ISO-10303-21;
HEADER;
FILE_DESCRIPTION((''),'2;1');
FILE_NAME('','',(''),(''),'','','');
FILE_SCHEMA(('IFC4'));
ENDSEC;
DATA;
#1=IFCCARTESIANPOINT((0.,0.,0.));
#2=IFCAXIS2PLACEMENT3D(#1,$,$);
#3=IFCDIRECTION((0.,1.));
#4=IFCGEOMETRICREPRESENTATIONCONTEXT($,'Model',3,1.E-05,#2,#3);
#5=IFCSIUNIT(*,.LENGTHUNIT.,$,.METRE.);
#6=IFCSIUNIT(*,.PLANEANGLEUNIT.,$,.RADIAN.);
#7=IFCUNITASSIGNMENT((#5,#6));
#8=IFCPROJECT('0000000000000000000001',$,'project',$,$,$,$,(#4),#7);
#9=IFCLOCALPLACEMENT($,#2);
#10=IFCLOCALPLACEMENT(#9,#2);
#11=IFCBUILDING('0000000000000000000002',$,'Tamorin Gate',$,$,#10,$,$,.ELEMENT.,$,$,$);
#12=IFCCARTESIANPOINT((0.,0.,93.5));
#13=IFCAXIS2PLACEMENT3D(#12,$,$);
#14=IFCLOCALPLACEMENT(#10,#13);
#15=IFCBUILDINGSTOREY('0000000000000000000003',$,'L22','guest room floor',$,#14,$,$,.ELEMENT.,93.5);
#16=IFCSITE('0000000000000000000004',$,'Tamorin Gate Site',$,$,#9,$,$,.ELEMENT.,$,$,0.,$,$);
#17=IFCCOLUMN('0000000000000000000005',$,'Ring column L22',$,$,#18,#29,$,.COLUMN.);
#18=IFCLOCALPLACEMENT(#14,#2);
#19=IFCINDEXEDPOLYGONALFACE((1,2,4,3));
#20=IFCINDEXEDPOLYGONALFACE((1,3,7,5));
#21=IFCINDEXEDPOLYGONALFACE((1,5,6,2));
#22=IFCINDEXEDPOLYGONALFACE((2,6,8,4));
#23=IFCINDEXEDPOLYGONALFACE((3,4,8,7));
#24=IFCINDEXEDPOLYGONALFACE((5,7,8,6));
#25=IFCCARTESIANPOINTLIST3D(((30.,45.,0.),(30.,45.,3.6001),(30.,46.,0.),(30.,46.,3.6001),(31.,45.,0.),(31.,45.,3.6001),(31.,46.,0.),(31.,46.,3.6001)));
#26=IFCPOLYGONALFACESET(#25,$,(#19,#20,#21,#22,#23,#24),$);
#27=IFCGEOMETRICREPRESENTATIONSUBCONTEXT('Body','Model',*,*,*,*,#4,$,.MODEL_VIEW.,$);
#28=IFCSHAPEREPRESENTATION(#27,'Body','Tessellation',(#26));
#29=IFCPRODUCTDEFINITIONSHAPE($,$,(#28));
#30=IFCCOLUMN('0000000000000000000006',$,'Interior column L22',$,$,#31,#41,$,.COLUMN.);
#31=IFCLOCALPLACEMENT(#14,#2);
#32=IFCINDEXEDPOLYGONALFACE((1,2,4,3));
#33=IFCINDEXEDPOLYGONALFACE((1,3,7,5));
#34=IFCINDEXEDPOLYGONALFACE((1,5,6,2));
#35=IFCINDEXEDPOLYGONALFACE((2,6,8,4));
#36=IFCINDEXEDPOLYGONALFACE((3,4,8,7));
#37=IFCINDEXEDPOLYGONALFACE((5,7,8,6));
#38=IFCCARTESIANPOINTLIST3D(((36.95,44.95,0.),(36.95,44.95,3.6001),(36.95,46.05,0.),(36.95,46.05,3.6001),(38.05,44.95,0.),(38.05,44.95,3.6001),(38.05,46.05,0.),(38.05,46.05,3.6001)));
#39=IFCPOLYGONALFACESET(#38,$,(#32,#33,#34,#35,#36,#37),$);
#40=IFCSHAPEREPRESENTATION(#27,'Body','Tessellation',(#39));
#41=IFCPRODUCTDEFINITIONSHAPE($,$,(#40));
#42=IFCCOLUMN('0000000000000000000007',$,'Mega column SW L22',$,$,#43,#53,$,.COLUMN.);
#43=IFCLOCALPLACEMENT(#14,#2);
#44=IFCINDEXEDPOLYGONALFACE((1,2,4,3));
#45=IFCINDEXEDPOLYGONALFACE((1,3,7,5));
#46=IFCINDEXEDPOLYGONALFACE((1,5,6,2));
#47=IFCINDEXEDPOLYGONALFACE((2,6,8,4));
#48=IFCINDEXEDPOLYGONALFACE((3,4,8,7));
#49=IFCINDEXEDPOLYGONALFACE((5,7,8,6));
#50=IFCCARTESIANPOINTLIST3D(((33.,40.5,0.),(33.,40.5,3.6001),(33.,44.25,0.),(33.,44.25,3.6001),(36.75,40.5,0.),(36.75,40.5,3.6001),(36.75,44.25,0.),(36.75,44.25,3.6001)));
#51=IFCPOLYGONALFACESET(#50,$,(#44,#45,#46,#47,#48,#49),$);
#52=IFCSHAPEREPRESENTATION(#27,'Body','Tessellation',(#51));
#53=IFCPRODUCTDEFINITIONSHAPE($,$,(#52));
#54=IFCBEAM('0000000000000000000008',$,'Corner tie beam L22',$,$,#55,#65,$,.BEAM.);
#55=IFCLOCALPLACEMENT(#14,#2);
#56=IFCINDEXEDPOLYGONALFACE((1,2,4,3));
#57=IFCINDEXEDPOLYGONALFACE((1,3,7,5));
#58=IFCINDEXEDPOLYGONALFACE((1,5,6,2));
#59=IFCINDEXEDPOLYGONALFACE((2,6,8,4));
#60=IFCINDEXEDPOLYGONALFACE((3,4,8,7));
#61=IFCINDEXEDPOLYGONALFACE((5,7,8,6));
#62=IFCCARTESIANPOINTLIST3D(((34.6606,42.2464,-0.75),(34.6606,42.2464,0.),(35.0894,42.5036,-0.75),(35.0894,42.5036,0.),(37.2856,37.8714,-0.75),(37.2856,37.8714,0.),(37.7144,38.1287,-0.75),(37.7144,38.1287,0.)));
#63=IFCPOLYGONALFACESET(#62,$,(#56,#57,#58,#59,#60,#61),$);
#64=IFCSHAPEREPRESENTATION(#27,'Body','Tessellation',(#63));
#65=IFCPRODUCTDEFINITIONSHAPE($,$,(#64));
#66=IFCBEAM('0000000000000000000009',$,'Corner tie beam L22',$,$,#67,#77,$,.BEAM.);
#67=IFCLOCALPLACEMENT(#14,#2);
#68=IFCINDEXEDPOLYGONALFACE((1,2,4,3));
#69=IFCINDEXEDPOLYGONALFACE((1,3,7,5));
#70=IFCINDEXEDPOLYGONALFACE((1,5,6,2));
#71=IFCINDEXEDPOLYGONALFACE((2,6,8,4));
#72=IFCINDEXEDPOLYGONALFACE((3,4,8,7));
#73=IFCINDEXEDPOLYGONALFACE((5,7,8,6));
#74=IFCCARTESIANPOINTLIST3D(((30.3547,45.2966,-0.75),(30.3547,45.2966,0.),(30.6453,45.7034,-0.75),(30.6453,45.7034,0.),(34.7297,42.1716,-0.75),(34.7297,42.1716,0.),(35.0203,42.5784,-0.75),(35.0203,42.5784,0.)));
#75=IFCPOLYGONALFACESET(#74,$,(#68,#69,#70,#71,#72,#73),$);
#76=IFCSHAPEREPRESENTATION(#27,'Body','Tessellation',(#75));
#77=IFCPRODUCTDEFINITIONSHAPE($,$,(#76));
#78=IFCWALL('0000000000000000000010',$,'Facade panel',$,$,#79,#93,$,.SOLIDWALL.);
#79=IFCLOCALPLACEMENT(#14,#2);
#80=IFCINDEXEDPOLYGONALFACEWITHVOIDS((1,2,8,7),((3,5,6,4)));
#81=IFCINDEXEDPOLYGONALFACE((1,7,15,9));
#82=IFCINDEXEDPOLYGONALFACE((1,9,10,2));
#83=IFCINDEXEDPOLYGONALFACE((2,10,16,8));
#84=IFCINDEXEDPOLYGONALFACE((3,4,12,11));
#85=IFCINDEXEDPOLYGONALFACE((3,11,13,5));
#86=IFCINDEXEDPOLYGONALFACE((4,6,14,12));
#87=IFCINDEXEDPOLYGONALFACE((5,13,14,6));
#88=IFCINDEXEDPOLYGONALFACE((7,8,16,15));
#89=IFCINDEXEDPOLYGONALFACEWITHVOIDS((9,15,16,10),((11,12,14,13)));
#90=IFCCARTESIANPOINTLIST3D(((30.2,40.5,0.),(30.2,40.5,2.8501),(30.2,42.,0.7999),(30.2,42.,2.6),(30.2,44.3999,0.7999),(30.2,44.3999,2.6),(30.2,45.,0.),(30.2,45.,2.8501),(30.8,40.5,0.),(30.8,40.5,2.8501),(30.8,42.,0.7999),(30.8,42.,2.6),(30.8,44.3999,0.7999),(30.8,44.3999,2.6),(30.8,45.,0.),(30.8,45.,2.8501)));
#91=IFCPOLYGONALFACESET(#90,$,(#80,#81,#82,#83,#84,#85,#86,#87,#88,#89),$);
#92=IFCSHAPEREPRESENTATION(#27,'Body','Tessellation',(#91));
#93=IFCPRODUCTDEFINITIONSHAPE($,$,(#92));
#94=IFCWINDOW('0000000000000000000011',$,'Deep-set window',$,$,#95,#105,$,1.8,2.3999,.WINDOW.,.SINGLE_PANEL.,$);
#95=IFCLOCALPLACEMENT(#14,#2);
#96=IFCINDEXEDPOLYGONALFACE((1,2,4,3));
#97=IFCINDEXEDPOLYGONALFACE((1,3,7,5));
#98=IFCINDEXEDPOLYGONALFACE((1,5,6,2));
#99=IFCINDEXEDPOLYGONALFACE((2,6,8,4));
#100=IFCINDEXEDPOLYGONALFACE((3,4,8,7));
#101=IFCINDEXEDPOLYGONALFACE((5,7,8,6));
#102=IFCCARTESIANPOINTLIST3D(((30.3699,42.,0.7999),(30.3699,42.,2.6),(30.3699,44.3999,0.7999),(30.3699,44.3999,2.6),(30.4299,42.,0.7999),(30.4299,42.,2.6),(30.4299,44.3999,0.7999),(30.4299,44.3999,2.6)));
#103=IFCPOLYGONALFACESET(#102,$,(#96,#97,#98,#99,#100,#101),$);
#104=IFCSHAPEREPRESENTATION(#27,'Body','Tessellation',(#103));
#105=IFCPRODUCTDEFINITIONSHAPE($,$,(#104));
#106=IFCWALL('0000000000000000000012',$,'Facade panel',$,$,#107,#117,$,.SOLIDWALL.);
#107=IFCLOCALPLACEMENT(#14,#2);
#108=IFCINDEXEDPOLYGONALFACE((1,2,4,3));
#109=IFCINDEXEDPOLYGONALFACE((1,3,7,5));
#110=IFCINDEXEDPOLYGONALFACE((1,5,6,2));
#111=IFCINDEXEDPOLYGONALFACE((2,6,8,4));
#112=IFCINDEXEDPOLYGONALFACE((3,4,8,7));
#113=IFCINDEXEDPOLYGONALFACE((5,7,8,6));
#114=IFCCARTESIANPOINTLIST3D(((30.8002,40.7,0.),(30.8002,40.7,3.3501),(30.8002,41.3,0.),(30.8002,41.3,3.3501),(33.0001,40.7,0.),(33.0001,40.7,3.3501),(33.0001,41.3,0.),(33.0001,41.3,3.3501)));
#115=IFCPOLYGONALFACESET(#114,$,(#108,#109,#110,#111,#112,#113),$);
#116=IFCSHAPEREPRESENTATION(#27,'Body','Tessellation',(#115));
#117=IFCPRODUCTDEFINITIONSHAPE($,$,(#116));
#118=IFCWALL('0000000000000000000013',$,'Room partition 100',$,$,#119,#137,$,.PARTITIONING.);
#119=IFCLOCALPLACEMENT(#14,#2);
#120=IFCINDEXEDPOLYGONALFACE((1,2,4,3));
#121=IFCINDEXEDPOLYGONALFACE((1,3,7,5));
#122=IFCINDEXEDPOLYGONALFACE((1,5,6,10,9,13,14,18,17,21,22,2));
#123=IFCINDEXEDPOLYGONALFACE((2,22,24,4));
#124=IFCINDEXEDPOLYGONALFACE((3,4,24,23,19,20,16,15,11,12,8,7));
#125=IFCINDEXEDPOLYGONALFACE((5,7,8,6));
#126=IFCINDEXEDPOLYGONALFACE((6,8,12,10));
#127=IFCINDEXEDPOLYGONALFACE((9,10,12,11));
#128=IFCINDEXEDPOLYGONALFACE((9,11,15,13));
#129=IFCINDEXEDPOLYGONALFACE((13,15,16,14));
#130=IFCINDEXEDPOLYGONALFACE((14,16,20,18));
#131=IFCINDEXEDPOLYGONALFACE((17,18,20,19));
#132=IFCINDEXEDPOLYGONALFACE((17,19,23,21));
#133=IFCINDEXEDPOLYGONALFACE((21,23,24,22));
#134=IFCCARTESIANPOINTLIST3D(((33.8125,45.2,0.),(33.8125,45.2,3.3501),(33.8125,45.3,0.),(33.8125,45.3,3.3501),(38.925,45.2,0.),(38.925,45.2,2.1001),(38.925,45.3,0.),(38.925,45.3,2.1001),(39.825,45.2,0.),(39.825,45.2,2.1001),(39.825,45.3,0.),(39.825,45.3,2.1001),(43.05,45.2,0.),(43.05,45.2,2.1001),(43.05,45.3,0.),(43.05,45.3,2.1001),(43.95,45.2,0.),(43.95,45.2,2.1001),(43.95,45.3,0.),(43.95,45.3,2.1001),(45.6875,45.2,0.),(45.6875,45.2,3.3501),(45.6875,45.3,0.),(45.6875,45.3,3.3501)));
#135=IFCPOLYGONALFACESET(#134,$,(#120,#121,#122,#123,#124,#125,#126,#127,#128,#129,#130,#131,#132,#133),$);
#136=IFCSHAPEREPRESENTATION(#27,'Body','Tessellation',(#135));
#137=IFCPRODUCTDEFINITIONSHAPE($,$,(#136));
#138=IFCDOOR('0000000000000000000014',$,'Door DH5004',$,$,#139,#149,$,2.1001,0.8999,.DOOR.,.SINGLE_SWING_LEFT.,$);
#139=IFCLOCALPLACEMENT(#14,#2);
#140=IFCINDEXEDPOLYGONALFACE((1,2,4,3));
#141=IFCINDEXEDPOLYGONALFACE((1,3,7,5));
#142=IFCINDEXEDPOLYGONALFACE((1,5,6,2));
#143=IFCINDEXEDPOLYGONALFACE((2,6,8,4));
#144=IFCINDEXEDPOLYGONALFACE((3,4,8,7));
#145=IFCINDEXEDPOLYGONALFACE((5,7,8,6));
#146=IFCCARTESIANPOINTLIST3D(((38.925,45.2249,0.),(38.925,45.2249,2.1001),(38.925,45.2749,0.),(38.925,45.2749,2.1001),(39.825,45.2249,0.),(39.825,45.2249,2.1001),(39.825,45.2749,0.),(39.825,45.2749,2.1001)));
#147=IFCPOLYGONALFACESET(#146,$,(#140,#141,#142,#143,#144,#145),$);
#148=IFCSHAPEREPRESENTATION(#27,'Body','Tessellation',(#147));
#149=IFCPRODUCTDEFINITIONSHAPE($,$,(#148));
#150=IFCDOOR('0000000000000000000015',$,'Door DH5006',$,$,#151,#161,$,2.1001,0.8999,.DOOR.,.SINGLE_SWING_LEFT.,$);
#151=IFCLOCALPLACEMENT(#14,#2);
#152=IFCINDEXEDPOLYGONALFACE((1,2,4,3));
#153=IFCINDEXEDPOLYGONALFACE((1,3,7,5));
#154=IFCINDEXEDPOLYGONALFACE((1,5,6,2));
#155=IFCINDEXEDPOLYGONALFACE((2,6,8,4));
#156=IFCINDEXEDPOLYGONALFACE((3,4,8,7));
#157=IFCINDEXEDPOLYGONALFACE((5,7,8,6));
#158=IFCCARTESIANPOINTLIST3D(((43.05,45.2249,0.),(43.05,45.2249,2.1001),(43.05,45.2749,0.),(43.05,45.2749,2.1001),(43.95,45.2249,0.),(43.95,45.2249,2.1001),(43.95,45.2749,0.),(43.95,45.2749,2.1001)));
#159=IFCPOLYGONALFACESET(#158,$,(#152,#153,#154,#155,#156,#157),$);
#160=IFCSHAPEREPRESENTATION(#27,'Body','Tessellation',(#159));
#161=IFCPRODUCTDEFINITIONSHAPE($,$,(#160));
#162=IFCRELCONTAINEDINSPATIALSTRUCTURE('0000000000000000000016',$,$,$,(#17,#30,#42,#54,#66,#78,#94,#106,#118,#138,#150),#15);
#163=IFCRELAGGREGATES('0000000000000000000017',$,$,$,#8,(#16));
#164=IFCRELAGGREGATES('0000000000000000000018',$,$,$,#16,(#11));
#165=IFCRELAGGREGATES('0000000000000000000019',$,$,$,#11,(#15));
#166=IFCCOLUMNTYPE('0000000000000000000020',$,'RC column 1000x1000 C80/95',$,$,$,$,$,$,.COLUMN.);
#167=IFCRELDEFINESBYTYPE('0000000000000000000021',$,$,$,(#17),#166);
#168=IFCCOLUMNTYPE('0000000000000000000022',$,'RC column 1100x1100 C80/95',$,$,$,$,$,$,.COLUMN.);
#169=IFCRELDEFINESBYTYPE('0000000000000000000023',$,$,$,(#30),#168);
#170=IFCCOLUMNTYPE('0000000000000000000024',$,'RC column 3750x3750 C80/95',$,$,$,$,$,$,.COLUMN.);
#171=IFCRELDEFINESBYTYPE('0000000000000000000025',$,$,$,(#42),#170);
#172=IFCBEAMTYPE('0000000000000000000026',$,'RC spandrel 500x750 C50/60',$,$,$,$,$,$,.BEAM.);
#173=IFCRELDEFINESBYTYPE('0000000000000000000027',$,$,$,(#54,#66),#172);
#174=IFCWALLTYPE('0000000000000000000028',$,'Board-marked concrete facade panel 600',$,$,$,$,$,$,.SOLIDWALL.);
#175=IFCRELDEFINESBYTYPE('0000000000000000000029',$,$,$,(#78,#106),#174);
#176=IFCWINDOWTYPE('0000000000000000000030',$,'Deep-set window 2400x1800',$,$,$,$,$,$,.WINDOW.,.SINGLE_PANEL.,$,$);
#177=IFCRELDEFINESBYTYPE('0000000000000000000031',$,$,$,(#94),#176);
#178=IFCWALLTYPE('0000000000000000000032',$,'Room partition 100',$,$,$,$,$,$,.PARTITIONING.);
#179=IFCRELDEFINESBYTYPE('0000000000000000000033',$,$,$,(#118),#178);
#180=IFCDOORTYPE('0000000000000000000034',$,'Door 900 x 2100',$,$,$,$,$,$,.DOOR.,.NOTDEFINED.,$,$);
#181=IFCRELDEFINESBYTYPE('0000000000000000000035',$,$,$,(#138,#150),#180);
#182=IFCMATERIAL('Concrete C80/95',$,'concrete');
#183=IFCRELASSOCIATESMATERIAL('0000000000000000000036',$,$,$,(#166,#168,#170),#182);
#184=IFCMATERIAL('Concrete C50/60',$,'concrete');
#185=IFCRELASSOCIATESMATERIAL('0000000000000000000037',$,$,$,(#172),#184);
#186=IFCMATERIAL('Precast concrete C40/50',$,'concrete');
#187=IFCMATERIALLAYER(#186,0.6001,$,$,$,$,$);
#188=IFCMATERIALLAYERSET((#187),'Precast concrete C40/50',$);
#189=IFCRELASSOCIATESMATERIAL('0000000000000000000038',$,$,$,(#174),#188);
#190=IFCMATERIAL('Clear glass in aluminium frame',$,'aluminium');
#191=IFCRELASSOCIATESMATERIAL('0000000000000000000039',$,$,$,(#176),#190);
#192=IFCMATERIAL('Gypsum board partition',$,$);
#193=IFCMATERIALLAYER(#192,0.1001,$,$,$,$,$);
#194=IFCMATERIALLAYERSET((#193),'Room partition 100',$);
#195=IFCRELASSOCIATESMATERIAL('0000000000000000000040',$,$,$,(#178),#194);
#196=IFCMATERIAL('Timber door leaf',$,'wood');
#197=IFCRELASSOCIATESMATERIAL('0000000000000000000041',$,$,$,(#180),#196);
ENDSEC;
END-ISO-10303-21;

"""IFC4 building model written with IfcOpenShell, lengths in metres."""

from ifc_helpers import new_model, si_unit, direction, frame, frame_2d, origin, origin_2d, place, context, subcontext, project, spatial, rectangle, extrude, material, layer, layer_set, material_profile, profile_set, type_object, element, fill, save


model = new_model("IFC4")

# Units and contexts
model_context = context("Model", 3, precision=1e-05, world=origin(), true_north=direction((0.0, 1.0)))
body_context = subcontext(model_context, "Body", "Model", "MODEL_VIEW")
ifc_project = project(units=[si_unit("LENGTHUNIT", "METRE"), si_unit("PLANEANGLEUNIT", "RADIAN")], contexts=[model_context])

# Site, building, storey
site_placement = place(None, origin())
site = spatial("IfcSite", under=ifc_project, at=site_placement, Name="Tamorin Gate Site", CompositionType="ELEMENT", RefElevation=0.0)
building_placement = place(site_placement, origin())
building = spatial("IfcBuilding", under=site, at=building_placement, Name="Tamorin Gate", CompositionType="ELEMENT")
storey_placement = place(building_placement, frame((0.0, 0.0, 93.5)))
storey = spatial("IfcBuildingStorey", under=building, at=storey_placement, Name="L22", Description="guest room floor", CompositionType="ELEMENT", Elevation=93.5)

# Columns
ifc_material_1 = material(Name="Concrete C80/95", Category="concrete")
ifc_material_profile_1 = material_profile(ifc_material_1, rectangle(XDim=1.0, YDim=1.0, at=origin_2d()), Name="RC 1000x1000")
ifc_profile_set_1 = profile_set([ifc_material_profile_1], Name="Concrete C80/95")
column_type_1 = type_object("IfcColumnType", Name="RC column 1000x1000 C80/95", PredefinedType="COLUMN", material=ifc_profile_set_1)
column_1_placement = place(storey_placement, frame((30.5, 45.5, 0.0), z_axis=(0.0, 0.0, 1.0), x_axis=(1.0, 0.0, 0.0)))
element("IfcColumn", 1, at=column_1_placement, inside=storey, type_object=column_type_1, Name="Ring column L22", PredefinedType="COLUMN", context=body_context, shape_type="SweptSolid", body=[
    extrude(rectangle(XDim=1.0, YDim=1.0, at=origin_2d()), origin(), (0.0, 0.0, 1.0), 3.6001),
])
ifc_material_profile_2 = material_profile(ifc_material_1, rectangle(XDim=1.1001, YDim=1.1001, at=origin_2d()), Name="RC 1100x1100")
ifc_profile_set_2 = profile_set([ifc_material_profile_2], Name="Concrete C80/95")
column_type_2 = type_object("IfcColumnType", Name="RC column 1100x1100 C80/95", PredefinedType="COLUMN", material=ifc_profile_set_2)
column_2_placement = place(storey_placement, frame((37.5, 45.5, 0.0), z_axis=(0.0, 0.0, 1.0), x_axis=(1.0, 0.0, 0.0)))
element("IfcColumn", 2, at=column_2_placement, inside=storey, type_object=column_type_2, Name="Interior column L22", PredefinedType="COLUMN", context=body_context, shape_type="SweptSolid", body=[
    extrude(rectangle(XDim=1.1001, YDim=1.1001, at=origin_2d()), origin(), (0.0, 0.0, 1.0), 3.6001),
])
ifc_material_profile_3 = material_profile(ifc_material_1, rectangle(XDim=3.75, YDim=3.75, at=origin_2d()), Name="RC 3750x3750")
ifc_profile_set_3 = profile_set([ifc_material_profile_3], Name="Concrete C80/95")
column_type_3 = type_object("IfcColumnType", Name="RC column 3750x3750 C80/95", PredefinedType="COLUMN", material=ifc_profile_set_3)
column_3_placement = place(storey_placement, frame((34.875, 42.375, 0.0), z_axis=(0.0, 0.0, 1.0), x_axis=(1.0, 0.0, 0.0)))
element("IfcColumn", 3, at=column_3_placement, inside=storey, type_object=column_type_3, Name="Mega column SW L22", PredefinedType="COLUMN", context=body_context, shape_type="SweptSolid", body=[
    extrude(rectangle(XDim=3.75, YDim=3.75, at=origin_2d()), origin(), (0.0, 0.0, 1.0), 3.6001),
])

# Beams
ifc_material_2 = material(Name="Concrete C50/60", Category="concrete")
ifc_material_profile_4 = material_profile(ifc_material_2, rectangle(XDim=0.5, YDim=0.75, at=origin_2d()), Name="RC 500x750")
ifc_profile_set_4 = profile_set([ifc_material_profile_4], Name="Concrete C50/60")
beam_type = type_object("IfcBeamType", Name="RC spandrel 500x750 C50/60", PredefinedType="BEAM", material=ifc_profile_set_4)
beam_1_placement = place(storey_placement, frame((34.875, 42.375, -0.375), z_axis=(0.514496, -0.857493, 0.0), x_axis=(0.857493, 0.514496, 0.0)))
element("IfcBeam", 4, at=beam_1_placement, inside=storey, type_object=beam_type, Name="Corner tie beam L22", PredefinedType="BEAM", context=body_context, shape_type="SweptSolid", body=[
    extrude(rectangle(XDim=0.5, YDim=0.75, at=origin_2d()), origin(), (0.0, 0.0, 1.0), 5.1021),
])
beam_2_placement = place(storey_placement, frame((34.875, 42.375, -0.375), z_axis=(-0.813733, 0.581238, 0.0), x_axis=(-0.581238, -0.813733, 0.0)))
element("IfcBeam", 5, at=beam_2_placement, inside=storey, type_object=beam_type, Name="Corner tie beam L22", PredefinedType="BEAM", context=body_context, shape_type="SweptSolid", body=[
    extrude(rectangle(XDim=0.5, YDim=0.75, at=origin_2d()), origin(), (0.0, 0.0, 1.0), 5.3765),
])

# Wall, opening, window
ifc_material_3 = material(Name="Precast concrete C40/50", Category="concrete")
ifc_layer_1 = layer(ifc_material_3, 0.6001)
ifc_layer_set_1 = layer_set([ifc_layer_1], Name="Precast concrete C40/50")
wall_type_1 = type_object("IfcWallType", Name="Board-marked concrete facade panel 600", PredefinedType="SOLIDWALL", material=ifc_layer_set_1)
wall_1_placement = place(storey_placement, frame((30.5, 45.0, 0.0), z_axis=(0.0, 0.0, 1.0), x_axis=(0.0, -1.0, 0.0)))
wall_1 = element("IfcWall", 6, at=wall_1_placement, inside=storey, type_object=wall_type_1, Name="Facade panel", PredefinedType="SOLIDWALL", context=body_context, shape_type="SweptSolid", body=[
    extrude(rectangle(XDim=4.5, YDim=0.6001, at=frame_2d((2.25, 0.0))), origin(), (0.0, 0.0, 1.0), 2.8501),
])
opening_1_placement = place(wall_1_placement, frame((0.6001, 0.0, 0.8)))
opening_1 = element("IfcOpeningElement", 7, at=opening_1_placement, cuts=wall_1, PredefinedType="OPENING", context=body_context, shape_type="SweptSolid", body=[
    extrude(rectangle(XDim=2.3999, YDim=1.8, at=frame_2d((1.2, 0.8999))), frame((0.0, 0.3101, 0.0), z_axis=(0.0, -1.0, 0.0), x_axis=(1.0, 0.0, 0.0)), (0.0, 0.0, 1.0), 0.6201),
])
ifc_material_4 = material(Name="Clear glass in aluminium frame", Category="aluminium")
window_type = type_object("IfcWindowType", Name="Deep-set window 2400x1800", PartitioningType="SINGLE_PANEL", PredefinedType="WINDOW", material=ifc_material_4)
window_placement = place(opening_1_placement, origin())
window = element("IfcWindow", 8, at=window_placement, inside=storey, type_object=window_type, Name="Deep-set window", OverallHeight=1.8, OverallWidth=2.3999, PartitioningType="SINGLE_PANEL", PredefinedType="WINDOW", context=body_context, shape_type="SweptSolid", body=[
    extrude(rectangle(XDim=2.3999, YDim=1.8, at=frame_2d((1.2, 0.8999))), frame((0.0, -0.0701, 0.0), z_axis=(0.0, -1.0, 0.0), x_axis=(1.0, 0.0, 0.0)), (0.0, 0.0, 1.0), 0.0601),
])
fill(opening_1, window)

# Wall
wall_2_placement = place(storey_placement, frame((30.8, 41.0, 0.0), z_axis=(0.0, 0.0, 1.0), x_axis=(1.0, 0.0, 0.0)))
element("IfcWall", 9, at=wall_2_placement, inside=storey, type_object=wall_type_1, Name="Facade panel", PredefinedType="SOLIDWALL", context=body_context, shape_type="SweptSolid", body=[
    extrude(rectangle(XDim=2.2, YDim=0.6001, at=frame_2d((1.1001, 0.0))), origin(), (0.0, 0.0, 1.0), 3.3501),
])

# Wall, openings, doors
ifc_material_5 = material(Name="Gypsum board partition")
ifc_layer_2 = layer(ifc_material_5, 0.1001)
ifc_layer_set_2 = layer_set([ifc_layer_2], Name="Room partition 100")
wall_type_2 = type_object("IfcWallType", Name="Room partition 100", PredefinedType="PARTITIONING", material=ifc_layer_set_2)
wall_3_placement = place(storey_placement, frame((33.8125, 45.25, 0.0), z_axis=(0.0, 0.0, 1.0), x_axis=(1.0, 0.0, 0.0)))
wall_3 = element("IfcWall", 10, at=wall_3_placement, inside=storey, type_object=wall_type_2, Name="Room partition 100", PredefinedType="PARTITIONING", context=body_context, shape_type="SweptSolid", body=[
    extrude(rectangle(XDim=11.875, YDim=0.1001, at=frame_2d((5.9375, 0.0))), origin(), (0.0, 0.0, 1.0), 3.3501),
])
opening_2_placement = place(wall_3_placement, frame((5.1125, 0.0, 0.0)))
opening_2 = element("IfcOpeningElement", 11, at=opening_2_placement, cuts=wall_3, PredefinedType="OPENING", context=body_context, shape_type="SweptSolid", body=[
    extrude(rectangle(XDim=0.8999, YDim=2.1001, at=frame_2d((0.45, 1.05))), frame((0.0, 0.0601, 0.0), z_axis=(0.0, -1.0, 0.0), x_axis=(1.0, 0.0, 0.0)), (0.0, 0.0, 1.0), 0.1201),
])
opening_3_placement = place(wall_3_placement, frame((9.2375, 0.0, 0.0)))
opening_3 = element("IfcOpeningElement", 12, at=opening_3_placement, cuts=wall_3, PredefinedType="OPENING", context=body_context, shape_type="SweptSolid", body=[
    extrude(rectangle(XDim=0.8999, YDim=2.1001, at=frame_2d((0.45, 1.05))), frame((0.0, 0.0601, 0.0), z_axis=(0.0, -1.0, 0.0), x_axis=(1.0, 0.0, 0.0)), (0.0, 0.0, 1.0), 0.1201),
])
ifc_material_6 = material(Name="Timber door leaf", Category="wood")
door_type = type_object("IfcDoorType", Name="Door 900 x 2100", OperationType="NOTDEFINED", PredefinedType="DOOR", material=ifc_material_6)
door_1_placement = place(opening_2_placement, origin())
door_1 = element("IfcDoor", 13, at=door_1_placement, inside=storey, type_object=door_type, Name="Door DH5004", OperationType="SINGLE_SWING_LEFT", OverallHeight=2.1001, OverallWidth=0.8999, PredefinedType="DOOR", context=body_context, shape_type="SweptSolid", body=[
    extrude(rectangle(XDim=0.8999, YDim=2.1001, at=frame_2d((0.45, 1.05))), frame((0.0, 0.0249, 0.0), z_axis=(0.0, -1.0, 0.0), x_axis=(1.0, 0.0, 0.0)), (0.0, 0.0, 1.0), 0.05),
])
fill(opening_2, door_1)
door_2_placement = place(opening_3_placement, origin())
door_2 = element("IfcDoor", 14, at=door_2_placement, inside=storey, type_object=door_type, Name="Door DH5006", OperationType="SINGLE_SWING_LEFT", OverallHeight=2.1001, OverallWidth=0.8999, PredefinedType="DOOR", context=body_context, shape_type="SweptSolid", body=[
    extrude(rectangle(XDim=0.8999, YDim=2.1001, at=frame_2d((0.45, 1.05))), frame((0.0, 0.0249, 0.0), z_axis=(0.0, -1.0, 0.0), x_axis=(1.0, 0.0, 0.0)), (0.0, 0.0, 1.0), 0.05),
])
fill(opening_3, door_2)

save(model, "model.ifc")
